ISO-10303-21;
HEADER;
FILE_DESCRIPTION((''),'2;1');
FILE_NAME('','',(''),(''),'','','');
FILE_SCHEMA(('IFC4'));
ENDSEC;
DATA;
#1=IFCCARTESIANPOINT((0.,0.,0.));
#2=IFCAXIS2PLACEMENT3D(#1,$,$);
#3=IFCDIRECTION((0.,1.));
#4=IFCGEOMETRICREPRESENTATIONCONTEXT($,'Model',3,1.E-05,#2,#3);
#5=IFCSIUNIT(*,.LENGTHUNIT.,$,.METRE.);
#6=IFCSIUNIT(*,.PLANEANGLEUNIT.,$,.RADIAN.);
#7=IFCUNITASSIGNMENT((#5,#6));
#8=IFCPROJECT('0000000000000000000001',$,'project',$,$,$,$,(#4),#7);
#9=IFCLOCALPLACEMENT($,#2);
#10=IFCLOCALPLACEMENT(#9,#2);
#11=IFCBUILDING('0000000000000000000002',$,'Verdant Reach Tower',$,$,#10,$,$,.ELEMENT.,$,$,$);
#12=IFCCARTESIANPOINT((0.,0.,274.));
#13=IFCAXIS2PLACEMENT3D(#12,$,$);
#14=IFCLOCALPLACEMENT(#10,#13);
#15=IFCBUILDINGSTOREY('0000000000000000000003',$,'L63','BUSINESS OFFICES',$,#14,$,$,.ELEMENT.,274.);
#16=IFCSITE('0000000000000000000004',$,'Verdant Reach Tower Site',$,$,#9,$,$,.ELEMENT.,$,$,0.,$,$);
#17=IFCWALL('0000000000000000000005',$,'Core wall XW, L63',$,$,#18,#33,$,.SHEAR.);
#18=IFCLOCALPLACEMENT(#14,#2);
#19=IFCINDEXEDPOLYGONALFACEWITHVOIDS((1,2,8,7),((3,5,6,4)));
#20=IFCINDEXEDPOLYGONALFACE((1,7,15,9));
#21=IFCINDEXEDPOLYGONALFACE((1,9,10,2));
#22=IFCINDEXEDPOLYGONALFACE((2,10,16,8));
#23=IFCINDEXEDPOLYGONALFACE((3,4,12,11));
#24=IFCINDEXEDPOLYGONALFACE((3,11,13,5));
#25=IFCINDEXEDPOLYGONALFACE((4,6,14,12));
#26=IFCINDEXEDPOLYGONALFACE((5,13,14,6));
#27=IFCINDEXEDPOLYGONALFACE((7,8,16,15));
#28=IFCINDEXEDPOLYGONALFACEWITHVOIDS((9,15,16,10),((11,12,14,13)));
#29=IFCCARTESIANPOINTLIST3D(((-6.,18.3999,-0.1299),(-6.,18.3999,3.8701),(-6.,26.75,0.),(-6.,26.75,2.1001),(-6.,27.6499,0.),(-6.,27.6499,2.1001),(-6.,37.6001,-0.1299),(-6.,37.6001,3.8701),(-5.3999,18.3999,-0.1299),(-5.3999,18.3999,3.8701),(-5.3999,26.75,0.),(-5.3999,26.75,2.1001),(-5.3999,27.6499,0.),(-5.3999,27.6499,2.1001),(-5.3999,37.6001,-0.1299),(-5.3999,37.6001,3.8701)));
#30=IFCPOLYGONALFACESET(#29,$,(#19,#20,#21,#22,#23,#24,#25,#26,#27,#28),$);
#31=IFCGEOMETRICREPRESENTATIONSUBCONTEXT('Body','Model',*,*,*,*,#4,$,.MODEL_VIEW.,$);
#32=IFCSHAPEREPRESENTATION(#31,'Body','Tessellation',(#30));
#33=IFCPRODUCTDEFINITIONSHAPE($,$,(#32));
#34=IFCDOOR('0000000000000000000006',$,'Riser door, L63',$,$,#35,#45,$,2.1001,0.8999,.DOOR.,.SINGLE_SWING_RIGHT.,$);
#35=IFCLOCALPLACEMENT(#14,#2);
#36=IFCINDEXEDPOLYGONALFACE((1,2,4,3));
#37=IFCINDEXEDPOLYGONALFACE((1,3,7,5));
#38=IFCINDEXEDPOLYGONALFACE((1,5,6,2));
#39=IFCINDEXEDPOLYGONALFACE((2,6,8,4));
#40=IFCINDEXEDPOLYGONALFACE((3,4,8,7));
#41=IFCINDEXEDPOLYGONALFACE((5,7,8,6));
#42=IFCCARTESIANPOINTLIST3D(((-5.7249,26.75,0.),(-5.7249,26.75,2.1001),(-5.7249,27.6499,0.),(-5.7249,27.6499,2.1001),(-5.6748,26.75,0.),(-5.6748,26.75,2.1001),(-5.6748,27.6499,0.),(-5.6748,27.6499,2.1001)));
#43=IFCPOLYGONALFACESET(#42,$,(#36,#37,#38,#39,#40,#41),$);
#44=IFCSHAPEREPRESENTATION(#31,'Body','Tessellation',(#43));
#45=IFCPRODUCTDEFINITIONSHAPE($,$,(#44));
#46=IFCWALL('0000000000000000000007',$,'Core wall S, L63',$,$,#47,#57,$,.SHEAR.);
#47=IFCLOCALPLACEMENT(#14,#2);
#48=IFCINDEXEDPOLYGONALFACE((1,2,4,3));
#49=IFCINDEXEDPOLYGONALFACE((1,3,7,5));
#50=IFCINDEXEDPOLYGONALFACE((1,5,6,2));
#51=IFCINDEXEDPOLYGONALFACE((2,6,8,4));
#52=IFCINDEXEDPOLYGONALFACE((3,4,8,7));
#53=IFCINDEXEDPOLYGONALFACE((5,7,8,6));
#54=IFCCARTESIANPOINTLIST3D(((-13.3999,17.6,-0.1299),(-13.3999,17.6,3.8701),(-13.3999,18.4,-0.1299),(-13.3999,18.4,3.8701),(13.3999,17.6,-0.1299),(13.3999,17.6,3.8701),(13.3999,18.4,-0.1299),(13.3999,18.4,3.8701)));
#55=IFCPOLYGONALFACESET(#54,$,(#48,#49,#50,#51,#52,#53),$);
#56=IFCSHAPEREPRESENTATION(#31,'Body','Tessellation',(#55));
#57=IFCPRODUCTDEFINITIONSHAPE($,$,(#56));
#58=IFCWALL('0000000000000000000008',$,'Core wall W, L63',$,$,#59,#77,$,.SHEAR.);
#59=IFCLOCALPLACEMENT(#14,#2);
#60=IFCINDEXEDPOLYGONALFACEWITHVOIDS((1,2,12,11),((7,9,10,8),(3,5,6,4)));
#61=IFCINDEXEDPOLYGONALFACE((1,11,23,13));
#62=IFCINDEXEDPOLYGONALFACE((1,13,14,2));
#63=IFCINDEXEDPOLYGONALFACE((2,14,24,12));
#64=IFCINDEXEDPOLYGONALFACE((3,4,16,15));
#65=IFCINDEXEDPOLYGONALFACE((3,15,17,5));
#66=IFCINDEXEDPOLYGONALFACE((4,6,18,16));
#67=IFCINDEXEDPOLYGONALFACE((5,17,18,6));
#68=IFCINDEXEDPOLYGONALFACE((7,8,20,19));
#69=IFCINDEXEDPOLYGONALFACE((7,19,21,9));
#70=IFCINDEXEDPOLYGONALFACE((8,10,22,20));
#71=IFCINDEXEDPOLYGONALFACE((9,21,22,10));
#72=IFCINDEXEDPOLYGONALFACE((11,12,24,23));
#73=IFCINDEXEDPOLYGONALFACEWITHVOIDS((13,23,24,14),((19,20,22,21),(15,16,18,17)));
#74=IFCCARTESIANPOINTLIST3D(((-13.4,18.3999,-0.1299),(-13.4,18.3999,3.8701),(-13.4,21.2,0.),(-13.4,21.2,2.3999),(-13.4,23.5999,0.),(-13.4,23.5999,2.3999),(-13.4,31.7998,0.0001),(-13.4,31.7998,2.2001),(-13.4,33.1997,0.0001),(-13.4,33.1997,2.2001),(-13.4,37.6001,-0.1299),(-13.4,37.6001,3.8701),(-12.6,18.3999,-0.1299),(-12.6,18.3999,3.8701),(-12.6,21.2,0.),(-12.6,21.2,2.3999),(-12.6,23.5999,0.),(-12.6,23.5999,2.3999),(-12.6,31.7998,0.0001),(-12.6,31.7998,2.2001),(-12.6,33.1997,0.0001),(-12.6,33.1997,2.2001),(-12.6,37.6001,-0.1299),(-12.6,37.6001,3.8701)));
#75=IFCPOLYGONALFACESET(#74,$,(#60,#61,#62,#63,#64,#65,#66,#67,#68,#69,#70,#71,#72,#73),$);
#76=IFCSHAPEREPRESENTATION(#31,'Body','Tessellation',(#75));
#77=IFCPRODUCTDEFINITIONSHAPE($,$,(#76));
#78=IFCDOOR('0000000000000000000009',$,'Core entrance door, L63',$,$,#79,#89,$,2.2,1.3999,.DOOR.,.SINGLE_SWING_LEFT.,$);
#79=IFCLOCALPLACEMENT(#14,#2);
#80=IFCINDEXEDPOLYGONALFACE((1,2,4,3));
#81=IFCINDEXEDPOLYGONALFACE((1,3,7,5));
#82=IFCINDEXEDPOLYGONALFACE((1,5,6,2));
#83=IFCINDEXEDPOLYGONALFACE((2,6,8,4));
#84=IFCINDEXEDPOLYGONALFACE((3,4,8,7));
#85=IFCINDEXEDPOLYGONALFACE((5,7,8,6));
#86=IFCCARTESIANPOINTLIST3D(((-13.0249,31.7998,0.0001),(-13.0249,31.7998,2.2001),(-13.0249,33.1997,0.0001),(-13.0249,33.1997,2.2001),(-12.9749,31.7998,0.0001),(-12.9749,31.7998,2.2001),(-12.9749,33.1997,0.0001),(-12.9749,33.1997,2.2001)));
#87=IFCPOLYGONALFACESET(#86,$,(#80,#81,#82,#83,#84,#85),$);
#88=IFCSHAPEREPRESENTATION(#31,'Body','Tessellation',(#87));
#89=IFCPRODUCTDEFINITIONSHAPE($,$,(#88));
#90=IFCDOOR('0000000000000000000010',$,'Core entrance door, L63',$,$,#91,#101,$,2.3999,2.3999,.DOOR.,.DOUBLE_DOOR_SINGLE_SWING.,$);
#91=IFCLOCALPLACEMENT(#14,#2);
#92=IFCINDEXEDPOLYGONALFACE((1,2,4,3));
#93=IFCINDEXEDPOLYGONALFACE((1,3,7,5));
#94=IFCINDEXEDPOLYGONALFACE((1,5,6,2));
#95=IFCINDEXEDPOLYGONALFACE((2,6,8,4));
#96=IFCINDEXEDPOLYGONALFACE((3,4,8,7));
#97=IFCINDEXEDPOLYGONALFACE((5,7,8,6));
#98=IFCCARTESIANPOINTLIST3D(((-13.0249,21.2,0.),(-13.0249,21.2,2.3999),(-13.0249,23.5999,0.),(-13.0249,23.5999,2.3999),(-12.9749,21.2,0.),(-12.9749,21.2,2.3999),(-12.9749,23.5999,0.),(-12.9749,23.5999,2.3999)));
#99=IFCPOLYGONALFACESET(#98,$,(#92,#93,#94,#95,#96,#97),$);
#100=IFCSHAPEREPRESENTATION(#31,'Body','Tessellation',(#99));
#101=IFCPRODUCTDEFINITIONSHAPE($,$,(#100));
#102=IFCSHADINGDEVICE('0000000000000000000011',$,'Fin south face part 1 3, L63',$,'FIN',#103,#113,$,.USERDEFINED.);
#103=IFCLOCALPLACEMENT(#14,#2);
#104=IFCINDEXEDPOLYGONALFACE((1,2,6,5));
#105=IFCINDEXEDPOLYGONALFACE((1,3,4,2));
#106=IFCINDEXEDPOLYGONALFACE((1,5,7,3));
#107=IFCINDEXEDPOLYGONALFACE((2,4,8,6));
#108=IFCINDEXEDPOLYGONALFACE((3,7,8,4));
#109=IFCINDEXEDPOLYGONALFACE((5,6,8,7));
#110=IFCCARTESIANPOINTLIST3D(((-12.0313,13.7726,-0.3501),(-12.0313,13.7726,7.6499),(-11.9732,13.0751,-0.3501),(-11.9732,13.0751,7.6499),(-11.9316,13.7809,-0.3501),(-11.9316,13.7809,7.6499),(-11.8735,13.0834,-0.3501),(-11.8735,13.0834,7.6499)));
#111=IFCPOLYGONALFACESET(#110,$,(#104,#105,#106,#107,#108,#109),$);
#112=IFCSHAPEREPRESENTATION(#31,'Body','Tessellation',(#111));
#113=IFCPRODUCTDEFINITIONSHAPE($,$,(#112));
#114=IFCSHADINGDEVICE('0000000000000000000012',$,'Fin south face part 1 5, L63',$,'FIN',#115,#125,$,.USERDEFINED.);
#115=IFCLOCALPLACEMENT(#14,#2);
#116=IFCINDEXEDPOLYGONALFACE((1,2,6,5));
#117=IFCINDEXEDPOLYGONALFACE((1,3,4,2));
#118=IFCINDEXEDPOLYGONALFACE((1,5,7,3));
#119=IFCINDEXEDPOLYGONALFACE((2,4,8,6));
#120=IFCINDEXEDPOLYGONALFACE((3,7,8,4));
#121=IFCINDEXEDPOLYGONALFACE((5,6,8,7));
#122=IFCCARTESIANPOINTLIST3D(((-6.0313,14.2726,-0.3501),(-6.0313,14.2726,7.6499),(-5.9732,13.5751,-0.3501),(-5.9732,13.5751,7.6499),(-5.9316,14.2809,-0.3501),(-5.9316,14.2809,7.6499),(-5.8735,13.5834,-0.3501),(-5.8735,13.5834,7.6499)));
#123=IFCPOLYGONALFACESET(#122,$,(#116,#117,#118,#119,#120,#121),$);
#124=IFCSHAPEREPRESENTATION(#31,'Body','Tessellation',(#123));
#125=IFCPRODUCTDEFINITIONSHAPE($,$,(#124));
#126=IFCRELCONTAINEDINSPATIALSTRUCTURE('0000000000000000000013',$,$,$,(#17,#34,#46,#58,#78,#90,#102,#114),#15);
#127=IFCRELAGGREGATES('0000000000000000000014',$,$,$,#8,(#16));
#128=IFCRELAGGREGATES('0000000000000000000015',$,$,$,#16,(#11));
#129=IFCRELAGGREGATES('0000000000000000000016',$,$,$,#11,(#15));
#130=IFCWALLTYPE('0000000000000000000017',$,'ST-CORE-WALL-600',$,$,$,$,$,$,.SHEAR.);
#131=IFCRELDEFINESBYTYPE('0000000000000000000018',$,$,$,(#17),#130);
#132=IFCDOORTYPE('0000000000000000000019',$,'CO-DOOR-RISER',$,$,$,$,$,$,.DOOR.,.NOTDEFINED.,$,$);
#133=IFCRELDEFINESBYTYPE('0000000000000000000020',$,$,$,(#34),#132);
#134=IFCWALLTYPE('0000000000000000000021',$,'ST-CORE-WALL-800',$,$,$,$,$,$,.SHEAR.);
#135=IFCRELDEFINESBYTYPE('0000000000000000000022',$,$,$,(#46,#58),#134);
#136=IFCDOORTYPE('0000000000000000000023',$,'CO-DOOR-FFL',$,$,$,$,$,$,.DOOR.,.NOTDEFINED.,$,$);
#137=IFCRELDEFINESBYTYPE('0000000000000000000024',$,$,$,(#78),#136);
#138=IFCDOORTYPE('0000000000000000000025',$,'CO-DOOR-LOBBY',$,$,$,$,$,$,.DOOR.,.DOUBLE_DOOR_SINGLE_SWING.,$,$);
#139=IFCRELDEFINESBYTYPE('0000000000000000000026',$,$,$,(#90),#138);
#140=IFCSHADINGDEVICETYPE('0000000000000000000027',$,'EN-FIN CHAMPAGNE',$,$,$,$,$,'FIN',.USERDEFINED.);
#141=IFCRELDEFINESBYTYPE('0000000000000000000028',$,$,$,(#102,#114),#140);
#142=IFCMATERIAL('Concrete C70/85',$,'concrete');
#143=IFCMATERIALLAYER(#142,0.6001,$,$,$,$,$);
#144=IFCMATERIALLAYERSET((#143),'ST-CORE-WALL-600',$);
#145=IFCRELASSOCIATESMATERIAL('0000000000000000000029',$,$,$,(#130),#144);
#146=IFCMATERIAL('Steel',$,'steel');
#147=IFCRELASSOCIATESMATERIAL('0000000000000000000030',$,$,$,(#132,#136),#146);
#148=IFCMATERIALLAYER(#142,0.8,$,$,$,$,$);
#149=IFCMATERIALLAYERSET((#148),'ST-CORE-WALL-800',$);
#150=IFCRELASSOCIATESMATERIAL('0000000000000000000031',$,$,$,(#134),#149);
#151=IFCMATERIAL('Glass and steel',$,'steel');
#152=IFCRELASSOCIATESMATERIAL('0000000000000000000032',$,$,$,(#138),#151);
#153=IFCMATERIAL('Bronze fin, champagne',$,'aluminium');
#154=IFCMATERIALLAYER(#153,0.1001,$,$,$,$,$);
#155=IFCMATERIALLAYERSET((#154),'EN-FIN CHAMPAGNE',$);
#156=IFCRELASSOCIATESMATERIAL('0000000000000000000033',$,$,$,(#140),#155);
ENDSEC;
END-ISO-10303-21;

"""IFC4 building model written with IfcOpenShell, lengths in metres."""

from ifc_helpers import new_model, si_unit, direction, frame, frame_2d, origin, origin_2d, place, context, subcontext, project, spatial, rectangle, extrude, material, layer, layer_set, type_object, element, fill, save


model = new_model("IFC4")

# Units and contexts
model_context = context("Model", 3, precision=1e-05, world=origin(), true_north=direction((0.0, 1.0)))
body_context = subcontext(model_context, "Body", "Model", "MODEL_VIEW")
ifc_project = project(units=[si_unit("LENGTHUNIT", "METRE"), si_unit("PLANEANGLEUNIT", "RADIAN")], contexts=[model_context])

# Site, building, storey
site_placement = place(None, origin())
site = spatial("IfcSite", under=ifc_project, at=site_placement, Name="Verdant Reach Tower Site", CompositionType="ELEMENT", RefElevation=0.0)
building_placement = place(site_placement, origin())
building = spatial("IfcBuilding", under=site, at=building_placement, Name="Verdant Reach Tower", CompositionType="ELEMENT")
storey_placement = place(building_placement, frame((0.0, 0.0, 274.0)))
storey = spatial("IfcBuildingStorey", under=building, at=storey_placement, Name="L63", Description="BUSINESS OFFICES", CompositionType="ELEMENT", Elevation=274.0)

# Wall, opening, door
ifc_material_1 = material(Name="Concrete C70/85", Category="concrete")
ifc_layer_1 = layer(ifc_material_1, 0.6001)
ifc_layer_set_1 = layer_set([ifc_layer_1], Name="ST-CORE-WALL-600")
wall_type_1 = type_object("IfcWallType", Name="ST-CORE-WALL-600", PredefinedType="SHEAR", material=ifc_layer_set_1)
wall_1_placement = place(storey_placement, frame((-5.7, 18.3999, -0.1299), z_axis=(0.0, 0.0, 1.0), x_axis=(0.0, 1.0, 0.0)))
wall_1 = element("IfcWall", 1, at=wall_1_placement, inside=storey, type_object=wall_type_1, Name="Core wall XW, L63", PredefinedType="SHEAR", context=body_context, shape_type="SweptSolid", body=[
    extrude(rectangle(XDim=19.2002, YDim=0.6001, at=frame_2d((9.6001, 0.0))), origin(), (0.0, 0.0, 1.0), 4.0),
])
opening_1_placement = place(wall_1_placement, frame((8.3501, 0.0, 0.1299)))
opening_1 = element("IfcOpeningElement", 2, at=opening_1_placement, cuts=wall_1, PredefinedType="OPENING", context=body_context, shape_type="SweptSolid", body=[
    extrude(rectangle(XDim=0.8999, YDim=2.1001, at=frame_2d((0.45, 1.05))), frame((0.0, 0.3101, 0.0), z_axis=(0.0, -1.0, 0.0), x_axis=(1.0, 0.0, 0.0)), (0.0, 0.0, 1.0), 0.6201),
])
ifc_material_2 = material(Name="Steel", Category="steel")
door_type_1 = type_object("IfcDoorType", Name="CO-DOOR-RISER", OperationType="NOTDEFINED", PredefinedType="DOOR", material=ifc_material_2)
door_1_placement = place(opening_1_placement, origin())
door_1 = element("IfcDoor", 3, at=door_1_placement, inside=storey, type_object=door_type_1, Name="Riser door, L63", OperationType="SINGLE_SWING_RIGHT", OverallHeight=2.1001, OverallWidth=0.8999, PredefinedType="DOOR", context=body_context, shape_type="SweptSolid", body=[
    extrude(rectangle(XDim=0.8999, YDim=2.1001, at=frame_2d((0.45, 1.05))), frame((0.0, 0.0249, 0.0), z_axis=(0.0, -1.0, 0.0), x_axis=(1.0, 0.0, 0.0)), (0.0, 0.0, 1.0), 0.05),
])
fill(opening_1, door_1)

# Wall
ifc_layer_2 = layer(ifc_material_1, 0.8)
ifc_layer_set_2 = layer_set([ifc_layer_2], Name="ST-CORE-WALL-800")
wall_type_2 = type_object("IfcWallType", Name="ST-CORE-WALL-800", PredefinedType="SHEAR", material=ifc_layer_set_2)
wall_2_placement = place(storey_placement, frame((-13.3999, 18.0, -0.1299), z_axis=(0.0, 0.0, 1.0), x_axis=(1.0, 0.0, 0.0)))
element("IfcWall", 4, at=wall_2_placement, inside=storey, type_object=wall_type_2, Name="Core wall S, L63", PredefinedType="SHEAR", context=body_context, shape_type="SweptSolid", body=[
    extrude(rectangle(XDim=26.7998, YDim=0.8, at=frame_2d((13.3999, 0.0))), origin(), (0.0, 0.0, 1.0), 4.0),
])

# Wall, openings, doors
wall_3_placement = place(storey_placement, frame((-13.0, 18.3999, -0.1299), z_axis=(0.0, 0.0, 1.0), x_axis=(0.0, 1.0, 0.0)))
wall_3 = element("IfcWall", 5, at=wall_3_placement, inside=storey, type_object=wall_type_2, Name="Core wall W, L63", PredefinedType="SHEAR", context=body_context, shape_type="SweptSolid", body=[
    extrude(rectangle(XDim=19.2002, YDim=0.8, at=frame_2d((9.6001, 0.0))), origin(), (0.0, 0.0, 1.0), 4.0),
])
opening_2_placement = place(wall_3_placement, frame((2.8, 0.0, 0.1299)))
opening_2 = element("IfcOpeningElement", 6, at=opening_2_placement, cuts=wall_3, PredefinedType="OPENING", context=body_context, shape_type="SweptSolid", body=[
    extrude(rectangle(XDim=2.3999, YDim=2.3999, at=frame_2d((1.2, 1.2))), frame((0.0, 0.4099, 0.0), z_axis=(0.0, -1.0, 0.0), x_axis=(1.0, 0.0, 0.0)), (0.0, 0.0, 1.0), 0.8201),
])
opening_3_placement = place(wall_3_placement, frame((13.3999, 0.0, 0.1299)))
opening_3 = element("IfcOpeningElement", 7, at=opening_3_placement, cuts=wall_3, PredefinedType="OPENING", context=body_context, shape_type="SweptSolid", body=[
    extrude(rectangle(XDim=1.3999, YDim=2.2, at=frame_2d((0.7, 1.1001))), frame((0.0, 0.4099, 0.0), z_axis=(0.0, -1.0, 0.0), x_axis=(1.0, 0.0, 0.0)), (0.0, 0.0, 1.0), 0.8201),
])
door_type_2 = type_object("IfcDoorType", Name="CO-DOOR-FFL", OperationType="NOTDEFINED", PredefinedType="DOOR", material=ifc_material_2)
door_2_placement = place(opening_3_placement, origin())
door_2 = element("IfcDoor", 8, at=door_2_placement, inside=storey, type_object=door_type_2, Name="Core entrance door, L63", OperationType="SINGLE_SWING_LEFT", OverallHeight=2.2, OverallWidth=1.3999, PredefinedType="DOOR", context=body_context, shape_type="SweptSolid", body=[
    extrude(rectangle(XDim=1.3999, YDim=2.2, at=frame_2d((0.7, 1.1001))), frame((0.0, 0.0249, 0.0), z_axis=(0.0, -1.0, 0.0), x_axis=(1.0, 0.0, 0.0)), (0.0, 0.0, 1.0), 0.05),
])
fill(opening_3, door_2)
ifc_material_3 = material(Name="Glass and steel", Category="steel")
door_type_3 = type_object("IfcDoorType", Name="CO-DOOR-LOBBY", OperationType="DOUBLE_DOOR_SINGLE_SWING", PredefinedType="DOOR", material=ifc_material_3)
door_3_placement = place(opening_2_placement, origin())
door_3 = element("IfcDoor", 9, at=door_3_placement, inside=storey, type_object=door_type_3, Name="Core entrance door, L63", OperationType="DOUBLE_DOOR_SINGLE_SWING", OverallHeight=2.3999, OverallWidth=2.3999, PredefinedType="DOOR", context=body_context, shape_type="SweptSolid", body=[
    extrude(rectangle(XDim=2.3999, YDim=2.3999, at=frame_2d((1.2, 1.2))), frame((0.0, 0.0249, 0.0), z_axis=(0.0, -1.0, 0.0), x_axis=(1.0, 0.0, 0.0)), (0.0, 0.0, 1.0), 0.05),
])
fill(opening_2, door_3)

# Shading devices
ifc_material_4 = material(Name="Bronze fin, champagne", Category="aluminium")
ifc_layer_3 = layer(ifc_material_4, 0.1001)
ifc_layer_set_3 = layer_set([ifc_layer_3], Name="EN-FIN CHAMPAGNE")
shading_device_type = type_object("IfcShadingDeviceType", Name="EN-FIN CHAMPAGNE", ElementType="FIN", PredefinedType="USERDEFINED", material=ifc_layer_set_3)
for number, where, z_axis, x_axis, name in (
    (10, (-11.9524, 13.428, -0.3501), (0.0, 0.0, 1.0), (0.996546, 0.083045, 0.0), "Fin south face part 1 3, L63"),
    (11, (-5.9524, 13.928, -0.3501), (0.0, 0.0, 1.0), (0.996546, 0.083045, 0.0), "Fin south face part 1 5, L63"),
):
    element("IfcShadingDevice", number, at=place(storey_placement, frame(where, z_axis=z_axis, x_axis=x_axis)), inside=storey, type_object=shading_device_type, Name=name, ObjectType="FIN", PredefinedType="USERDEFINED", context=body_context, shape_type="SweptSolid", body=[
        extrude(rectangle(XDim=0.1001, YDim=0.7, at=origin_2d()), origin(), (0.0, 0.0, 1.0), 8.0),
    ])

save(model, "model.ifc")
